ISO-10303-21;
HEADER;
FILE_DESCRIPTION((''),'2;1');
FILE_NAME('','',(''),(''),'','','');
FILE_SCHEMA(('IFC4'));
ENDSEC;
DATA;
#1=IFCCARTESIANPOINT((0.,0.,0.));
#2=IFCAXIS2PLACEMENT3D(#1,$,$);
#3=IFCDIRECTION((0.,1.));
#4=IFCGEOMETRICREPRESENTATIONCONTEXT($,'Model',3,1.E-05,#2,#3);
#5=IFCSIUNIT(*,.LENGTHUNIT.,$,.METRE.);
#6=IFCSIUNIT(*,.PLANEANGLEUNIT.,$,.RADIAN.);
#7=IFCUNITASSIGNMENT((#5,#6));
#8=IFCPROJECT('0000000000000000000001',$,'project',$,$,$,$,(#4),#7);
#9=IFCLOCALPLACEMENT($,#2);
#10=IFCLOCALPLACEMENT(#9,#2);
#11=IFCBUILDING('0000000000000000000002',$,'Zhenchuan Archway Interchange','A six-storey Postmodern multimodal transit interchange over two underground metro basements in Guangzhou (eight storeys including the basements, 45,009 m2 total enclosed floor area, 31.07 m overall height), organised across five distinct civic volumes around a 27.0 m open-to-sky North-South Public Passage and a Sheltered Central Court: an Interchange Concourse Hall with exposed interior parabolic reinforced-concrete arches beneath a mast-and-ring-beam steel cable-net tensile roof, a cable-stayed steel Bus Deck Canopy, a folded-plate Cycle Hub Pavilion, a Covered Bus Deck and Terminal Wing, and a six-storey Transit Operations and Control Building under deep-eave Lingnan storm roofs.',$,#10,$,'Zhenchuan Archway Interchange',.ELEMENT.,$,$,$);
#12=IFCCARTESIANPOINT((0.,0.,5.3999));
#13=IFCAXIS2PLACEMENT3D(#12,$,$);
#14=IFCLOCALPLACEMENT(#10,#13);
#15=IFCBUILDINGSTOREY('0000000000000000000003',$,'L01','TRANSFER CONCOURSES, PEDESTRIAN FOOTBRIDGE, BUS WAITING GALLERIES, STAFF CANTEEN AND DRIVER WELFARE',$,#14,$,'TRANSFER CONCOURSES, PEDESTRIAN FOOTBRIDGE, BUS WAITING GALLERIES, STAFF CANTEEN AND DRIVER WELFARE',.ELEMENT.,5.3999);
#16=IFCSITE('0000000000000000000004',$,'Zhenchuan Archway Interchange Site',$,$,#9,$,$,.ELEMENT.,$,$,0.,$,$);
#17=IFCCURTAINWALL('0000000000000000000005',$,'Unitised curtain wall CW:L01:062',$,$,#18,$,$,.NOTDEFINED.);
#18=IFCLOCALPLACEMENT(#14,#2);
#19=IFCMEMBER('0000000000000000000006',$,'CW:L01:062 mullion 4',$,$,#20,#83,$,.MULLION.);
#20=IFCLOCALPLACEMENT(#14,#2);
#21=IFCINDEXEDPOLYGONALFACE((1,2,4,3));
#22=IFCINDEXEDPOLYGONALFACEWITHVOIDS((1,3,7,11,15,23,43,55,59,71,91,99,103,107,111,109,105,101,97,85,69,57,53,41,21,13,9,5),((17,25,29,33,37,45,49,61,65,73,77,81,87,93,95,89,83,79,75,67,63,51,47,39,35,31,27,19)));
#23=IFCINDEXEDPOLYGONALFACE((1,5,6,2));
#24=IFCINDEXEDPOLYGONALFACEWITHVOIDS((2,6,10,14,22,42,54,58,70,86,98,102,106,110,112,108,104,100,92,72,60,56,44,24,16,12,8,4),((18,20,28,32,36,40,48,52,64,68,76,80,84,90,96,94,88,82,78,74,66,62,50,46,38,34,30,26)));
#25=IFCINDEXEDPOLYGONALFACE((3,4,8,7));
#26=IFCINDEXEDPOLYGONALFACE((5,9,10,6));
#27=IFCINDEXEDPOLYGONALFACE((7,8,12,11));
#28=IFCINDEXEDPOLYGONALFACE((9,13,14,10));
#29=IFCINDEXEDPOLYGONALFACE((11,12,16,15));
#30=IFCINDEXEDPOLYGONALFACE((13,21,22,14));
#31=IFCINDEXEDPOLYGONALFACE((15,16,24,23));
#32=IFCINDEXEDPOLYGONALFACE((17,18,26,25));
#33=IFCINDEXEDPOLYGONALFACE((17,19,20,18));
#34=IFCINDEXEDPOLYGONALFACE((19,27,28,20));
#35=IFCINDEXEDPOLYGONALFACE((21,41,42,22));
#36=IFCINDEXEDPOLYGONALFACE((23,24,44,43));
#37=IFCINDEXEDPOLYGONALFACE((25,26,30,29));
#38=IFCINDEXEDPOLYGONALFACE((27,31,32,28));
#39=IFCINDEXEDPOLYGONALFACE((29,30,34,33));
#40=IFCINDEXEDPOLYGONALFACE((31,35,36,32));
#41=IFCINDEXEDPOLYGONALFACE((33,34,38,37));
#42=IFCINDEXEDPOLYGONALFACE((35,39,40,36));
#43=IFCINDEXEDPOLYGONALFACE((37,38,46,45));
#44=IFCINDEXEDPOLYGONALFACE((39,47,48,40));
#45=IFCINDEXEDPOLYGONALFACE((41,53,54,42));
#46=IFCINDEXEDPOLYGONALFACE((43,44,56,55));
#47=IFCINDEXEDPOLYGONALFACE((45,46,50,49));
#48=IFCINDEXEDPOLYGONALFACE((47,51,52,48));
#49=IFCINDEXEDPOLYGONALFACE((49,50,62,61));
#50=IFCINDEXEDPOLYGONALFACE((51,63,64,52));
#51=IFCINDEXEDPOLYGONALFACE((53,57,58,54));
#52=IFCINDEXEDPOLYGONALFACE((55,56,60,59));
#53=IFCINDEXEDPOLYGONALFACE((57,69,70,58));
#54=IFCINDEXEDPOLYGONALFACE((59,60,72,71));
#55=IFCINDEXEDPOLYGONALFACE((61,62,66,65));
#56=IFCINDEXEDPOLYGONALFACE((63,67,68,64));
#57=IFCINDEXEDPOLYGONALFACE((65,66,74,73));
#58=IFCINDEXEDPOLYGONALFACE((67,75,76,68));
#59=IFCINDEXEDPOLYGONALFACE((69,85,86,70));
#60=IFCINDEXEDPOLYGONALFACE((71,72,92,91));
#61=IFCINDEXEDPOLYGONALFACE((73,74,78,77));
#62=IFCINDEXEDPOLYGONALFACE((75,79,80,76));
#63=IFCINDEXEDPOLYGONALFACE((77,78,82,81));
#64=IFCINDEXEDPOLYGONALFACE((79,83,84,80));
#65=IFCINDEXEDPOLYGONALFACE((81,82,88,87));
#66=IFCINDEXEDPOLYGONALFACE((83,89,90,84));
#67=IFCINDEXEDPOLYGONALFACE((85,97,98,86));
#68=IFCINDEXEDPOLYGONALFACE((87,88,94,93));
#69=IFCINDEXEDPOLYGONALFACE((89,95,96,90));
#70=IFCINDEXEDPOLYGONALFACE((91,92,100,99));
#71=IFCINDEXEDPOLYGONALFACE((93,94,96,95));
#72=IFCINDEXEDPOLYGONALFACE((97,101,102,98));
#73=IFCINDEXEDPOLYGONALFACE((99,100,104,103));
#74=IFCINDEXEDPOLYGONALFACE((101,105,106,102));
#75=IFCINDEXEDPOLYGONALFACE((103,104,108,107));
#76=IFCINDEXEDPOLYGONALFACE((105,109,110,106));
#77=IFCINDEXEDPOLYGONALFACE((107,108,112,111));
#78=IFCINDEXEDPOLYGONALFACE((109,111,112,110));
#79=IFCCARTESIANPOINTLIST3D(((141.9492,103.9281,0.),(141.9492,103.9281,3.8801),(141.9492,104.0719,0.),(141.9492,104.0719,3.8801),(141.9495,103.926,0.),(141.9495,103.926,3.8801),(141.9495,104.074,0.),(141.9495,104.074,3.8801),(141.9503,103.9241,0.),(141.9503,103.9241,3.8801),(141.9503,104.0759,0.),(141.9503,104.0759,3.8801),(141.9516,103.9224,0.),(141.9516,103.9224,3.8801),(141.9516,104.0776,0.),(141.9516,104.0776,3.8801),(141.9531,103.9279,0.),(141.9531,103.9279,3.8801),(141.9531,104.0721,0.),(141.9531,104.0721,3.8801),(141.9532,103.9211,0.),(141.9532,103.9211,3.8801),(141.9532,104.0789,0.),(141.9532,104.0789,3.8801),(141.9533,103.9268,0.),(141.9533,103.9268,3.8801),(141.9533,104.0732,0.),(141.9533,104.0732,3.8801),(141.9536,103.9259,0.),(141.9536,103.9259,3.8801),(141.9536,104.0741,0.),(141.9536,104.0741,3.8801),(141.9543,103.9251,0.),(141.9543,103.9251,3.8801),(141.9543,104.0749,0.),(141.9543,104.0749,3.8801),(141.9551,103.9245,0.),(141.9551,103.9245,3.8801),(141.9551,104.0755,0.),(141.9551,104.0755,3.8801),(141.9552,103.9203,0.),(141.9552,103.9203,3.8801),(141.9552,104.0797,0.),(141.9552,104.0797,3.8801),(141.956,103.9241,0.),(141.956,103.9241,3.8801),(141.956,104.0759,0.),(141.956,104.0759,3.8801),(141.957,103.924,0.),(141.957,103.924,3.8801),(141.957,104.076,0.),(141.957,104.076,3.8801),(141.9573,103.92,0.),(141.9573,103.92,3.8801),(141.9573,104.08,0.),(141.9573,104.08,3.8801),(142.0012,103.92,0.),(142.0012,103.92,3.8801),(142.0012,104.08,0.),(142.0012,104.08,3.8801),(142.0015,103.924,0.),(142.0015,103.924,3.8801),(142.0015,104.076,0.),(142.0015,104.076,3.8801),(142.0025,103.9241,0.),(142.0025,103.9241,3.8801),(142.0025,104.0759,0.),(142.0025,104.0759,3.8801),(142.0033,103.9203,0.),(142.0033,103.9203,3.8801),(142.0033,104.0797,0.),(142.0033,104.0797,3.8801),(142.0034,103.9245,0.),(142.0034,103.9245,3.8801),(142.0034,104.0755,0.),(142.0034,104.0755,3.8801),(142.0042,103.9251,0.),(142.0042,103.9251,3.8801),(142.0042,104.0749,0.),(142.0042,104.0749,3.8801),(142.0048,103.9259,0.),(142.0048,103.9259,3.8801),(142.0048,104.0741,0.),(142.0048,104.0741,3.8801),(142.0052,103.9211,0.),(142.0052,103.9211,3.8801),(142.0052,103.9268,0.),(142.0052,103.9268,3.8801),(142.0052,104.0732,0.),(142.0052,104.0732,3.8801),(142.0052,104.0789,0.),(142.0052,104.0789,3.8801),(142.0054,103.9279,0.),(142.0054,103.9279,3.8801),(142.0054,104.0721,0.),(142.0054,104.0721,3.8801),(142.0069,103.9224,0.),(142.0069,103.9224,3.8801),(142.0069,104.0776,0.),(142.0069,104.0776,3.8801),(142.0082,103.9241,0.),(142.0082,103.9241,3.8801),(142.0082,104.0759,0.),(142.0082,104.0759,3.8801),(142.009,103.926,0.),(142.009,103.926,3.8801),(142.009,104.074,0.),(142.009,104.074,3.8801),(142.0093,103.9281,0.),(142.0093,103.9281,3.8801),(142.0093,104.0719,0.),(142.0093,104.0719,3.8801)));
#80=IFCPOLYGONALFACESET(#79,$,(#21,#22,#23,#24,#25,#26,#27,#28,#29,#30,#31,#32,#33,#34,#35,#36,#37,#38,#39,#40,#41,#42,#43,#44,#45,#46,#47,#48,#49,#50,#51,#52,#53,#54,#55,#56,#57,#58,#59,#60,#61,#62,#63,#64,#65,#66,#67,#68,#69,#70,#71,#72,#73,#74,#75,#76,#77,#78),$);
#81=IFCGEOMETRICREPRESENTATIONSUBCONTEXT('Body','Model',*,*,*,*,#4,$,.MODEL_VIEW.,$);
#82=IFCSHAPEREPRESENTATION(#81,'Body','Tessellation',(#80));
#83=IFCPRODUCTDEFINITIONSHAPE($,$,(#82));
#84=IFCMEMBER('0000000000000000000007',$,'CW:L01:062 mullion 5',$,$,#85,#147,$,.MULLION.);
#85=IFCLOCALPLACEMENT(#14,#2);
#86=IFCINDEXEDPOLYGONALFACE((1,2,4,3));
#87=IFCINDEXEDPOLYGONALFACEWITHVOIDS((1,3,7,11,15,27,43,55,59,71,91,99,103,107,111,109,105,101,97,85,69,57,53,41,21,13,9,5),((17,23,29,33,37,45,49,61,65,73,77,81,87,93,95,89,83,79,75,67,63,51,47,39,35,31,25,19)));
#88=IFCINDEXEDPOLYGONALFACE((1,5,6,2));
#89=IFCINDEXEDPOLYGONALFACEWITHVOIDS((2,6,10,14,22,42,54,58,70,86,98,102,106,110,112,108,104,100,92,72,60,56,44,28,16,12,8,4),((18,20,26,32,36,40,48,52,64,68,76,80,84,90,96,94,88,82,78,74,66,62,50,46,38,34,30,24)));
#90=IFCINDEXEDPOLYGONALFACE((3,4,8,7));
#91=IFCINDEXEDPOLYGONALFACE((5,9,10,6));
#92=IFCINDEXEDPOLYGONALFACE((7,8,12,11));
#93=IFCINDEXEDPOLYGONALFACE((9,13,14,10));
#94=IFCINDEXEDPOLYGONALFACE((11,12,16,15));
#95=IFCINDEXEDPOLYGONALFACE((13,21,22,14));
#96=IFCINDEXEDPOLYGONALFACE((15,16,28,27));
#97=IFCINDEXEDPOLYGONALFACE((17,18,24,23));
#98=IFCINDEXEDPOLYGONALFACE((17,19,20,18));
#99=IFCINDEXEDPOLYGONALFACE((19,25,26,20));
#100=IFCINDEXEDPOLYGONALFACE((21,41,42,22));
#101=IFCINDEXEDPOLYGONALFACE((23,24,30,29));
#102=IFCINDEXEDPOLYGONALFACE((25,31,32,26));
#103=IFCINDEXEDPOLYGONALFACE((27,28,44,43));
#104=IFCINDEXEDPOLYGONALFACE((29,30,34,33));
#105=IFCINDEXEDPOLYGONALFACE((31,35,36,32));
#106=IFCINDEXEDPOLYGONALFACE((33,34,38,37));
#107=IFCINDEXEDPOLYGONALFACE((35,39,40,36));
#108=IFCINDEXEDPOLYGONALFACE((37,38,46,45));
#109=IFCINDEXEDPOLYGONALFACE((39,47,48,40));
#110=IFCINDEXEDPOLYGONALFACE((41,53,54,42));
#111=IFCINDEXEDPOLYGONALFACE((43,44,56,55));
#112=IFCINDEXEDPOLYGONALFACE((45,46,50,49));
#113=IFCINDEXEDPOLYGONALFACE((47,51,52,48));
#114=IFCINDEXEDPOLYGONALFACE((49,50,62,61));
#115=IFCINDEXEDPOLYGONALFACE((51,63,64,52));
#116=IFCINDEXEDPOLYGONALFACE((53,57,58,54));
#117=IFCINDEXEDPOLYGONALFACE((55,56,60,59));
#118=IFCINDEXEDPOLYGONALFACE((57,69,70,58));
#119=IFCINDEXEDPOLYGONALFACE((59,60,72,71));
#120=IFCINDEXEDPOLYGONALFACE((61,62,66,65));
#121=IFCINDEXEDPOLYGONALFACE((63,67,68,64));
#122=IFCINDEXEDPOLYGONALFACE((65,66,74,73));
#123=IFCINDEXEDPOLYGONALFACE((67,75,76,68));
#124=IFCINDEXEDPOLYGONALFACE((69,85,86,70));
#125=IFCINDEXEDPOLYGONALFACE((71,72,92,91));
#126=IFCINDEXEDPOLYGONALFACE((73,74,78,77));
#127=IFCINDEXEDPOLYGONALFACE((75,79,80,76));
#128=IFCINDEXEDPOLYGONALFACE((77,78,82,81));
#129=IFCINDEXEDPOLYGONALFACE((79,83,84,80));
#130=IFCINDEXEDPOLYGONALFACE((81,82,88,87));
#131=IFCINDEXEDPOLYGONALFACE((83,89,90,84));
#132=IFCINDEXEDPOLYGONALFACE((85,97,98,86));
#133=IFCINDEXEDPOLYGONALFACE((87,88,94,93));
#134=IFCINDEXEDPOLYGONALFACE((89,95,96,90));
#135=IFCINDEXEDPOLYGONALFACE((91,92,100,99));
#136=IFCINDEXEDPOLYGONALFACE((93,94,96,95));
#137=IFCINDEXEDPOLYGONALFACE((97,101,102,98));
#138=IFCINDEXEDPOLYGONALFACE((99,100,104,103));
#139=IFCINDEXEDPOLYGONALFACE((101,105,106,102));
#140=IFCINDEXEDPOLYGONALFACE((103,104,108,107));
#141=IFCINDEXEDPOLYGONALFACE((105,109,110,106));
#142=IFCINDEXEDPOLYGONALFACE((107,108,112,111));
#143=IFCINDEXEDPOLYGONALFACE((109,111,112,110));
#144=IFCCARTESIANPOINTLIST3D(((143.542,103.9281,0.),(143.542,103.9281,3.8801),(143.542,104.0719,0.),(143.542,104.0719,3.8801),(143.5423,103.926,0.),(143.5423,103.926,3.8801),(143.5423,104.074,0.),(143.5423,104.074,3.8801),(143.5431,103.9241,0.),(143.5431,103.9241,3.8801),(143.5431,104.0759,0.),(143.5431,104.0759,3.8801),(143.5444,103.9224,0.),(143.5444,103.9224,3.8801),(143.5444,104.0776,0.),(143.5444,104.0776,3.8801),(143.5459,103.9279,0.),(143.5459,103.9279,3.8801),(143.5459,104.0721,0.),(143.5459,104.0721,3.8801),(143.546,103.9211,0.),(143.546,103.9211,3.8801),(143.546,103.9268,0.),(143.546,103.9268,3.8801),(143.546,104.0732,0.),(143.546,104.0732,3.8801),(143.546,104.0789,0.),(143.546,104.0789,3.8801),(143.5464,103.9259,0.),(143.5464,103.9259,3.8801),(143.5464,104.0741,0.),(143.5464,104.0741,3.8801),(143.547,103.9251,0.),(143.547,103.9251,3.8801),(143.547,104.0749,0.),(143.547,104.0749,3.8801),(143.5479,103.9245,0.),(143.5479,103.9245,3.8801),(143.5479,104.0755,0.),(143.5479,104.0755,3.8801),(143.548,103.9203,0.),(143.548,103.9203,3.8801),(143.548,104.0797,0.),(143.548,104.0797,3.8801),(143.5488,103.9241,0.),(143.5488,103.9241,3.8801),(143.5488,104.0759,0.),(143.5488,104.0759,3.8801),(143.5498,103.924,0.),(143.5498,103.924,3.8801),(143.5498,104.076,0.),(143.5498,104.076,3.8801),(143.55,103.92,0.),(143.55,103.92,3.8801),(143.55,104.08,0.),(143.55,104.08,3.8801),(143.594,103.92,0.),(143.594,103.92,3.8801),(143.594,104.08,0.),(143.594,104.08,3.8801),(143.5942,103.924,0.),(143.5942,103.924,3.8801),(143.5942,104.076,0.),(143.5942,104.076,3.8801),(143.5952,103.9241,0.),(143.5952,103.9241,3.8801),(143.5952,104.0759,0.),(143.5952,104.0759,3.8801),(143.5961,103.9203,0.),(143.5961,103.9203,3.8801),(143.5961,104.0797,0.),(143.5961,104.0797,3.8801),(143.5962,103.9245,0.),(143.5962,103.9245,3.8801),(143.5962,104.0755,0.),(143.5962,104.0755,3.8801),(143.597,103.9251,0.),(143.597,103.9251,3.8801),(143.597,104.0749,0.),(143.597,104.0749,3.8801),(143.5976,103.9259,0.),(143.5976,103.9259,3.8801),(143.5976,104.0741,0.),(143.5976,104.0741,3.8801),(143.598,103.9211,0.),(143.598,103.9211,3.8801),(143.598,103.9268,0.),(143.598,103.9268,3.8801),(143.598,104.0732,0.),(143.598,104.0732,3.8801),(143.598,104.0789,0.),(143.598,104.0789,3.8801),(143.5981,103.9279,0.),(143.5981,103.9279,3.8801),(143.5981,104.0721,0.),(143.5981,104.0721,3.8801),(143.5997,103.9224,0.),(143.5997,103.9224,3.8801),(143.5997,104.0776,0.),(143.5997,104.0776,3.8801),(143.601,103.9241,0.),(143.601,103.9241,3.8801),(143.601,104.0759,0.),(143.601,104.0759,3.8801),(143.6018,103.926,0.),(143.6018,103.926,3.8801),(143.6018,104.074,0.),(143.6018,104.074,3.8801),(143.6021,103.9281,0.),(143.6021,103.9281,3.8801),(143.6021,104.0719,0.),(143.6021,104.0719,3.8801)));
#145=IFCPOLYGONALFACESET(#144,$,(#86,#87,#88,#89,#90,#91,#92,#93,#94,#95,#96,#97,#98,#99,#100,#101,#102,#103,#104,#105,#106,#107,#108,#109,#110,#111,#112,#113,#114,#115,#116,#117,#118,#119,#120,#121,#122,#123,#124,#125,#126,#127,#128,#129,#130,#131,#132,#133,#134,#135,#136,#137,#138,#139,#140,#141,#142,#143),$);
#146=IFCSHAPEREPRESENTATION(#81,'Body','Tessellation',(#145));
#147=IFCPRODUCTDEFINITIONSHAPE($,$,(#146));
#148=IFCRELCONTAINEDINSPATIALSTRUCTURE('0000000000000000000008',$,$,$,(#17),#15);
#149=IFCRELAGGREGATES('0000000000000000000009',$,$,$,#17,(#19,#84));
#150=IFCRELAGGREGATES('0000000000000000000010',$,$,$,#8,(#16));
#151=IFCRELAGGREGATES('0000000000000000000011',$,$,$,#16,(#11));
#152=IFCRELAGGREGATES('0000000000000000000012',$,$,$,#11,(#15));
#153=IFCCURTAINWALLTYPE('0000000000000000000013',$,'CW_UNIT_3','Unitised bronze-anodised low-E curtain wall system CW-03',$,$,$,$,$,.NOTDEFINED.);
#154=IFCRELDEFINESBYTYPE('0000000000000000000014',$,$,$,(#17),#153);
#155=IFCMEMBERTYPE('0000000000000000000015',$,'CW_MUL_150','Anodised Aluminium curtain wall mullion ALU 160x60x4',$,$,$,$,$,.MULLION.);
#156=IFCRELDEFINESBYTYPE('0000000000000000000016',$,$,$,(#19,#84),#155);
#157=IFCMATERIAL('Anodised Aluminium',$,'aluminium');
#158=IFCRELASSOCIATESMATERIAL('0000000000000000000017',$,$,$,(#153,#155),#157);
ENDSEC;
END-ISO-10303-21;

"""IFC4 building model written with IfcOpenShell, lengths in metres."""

from ifc_helpers import new_model, si_unit, direction, frame, origin, origin_2d, place, context, subcontext, project, spatial, hollow_rectangle, extrude, material, material_profile, profile_set, type_object, element, aggregate, save


model = new_model("IFC4")

# Units and contexts
model_context = context("Model", 3, precision=1e-05, world=origin(), true_north=direction((0.0, 1.0)))
body_context = subcontext(model_context, "Body", "Model", "MODEL_VIEW")
ifc_project = project(units=[si_unit("LENGTHUNIT", "METRE"), si_unit("PLANEANGLEUNIT", "RADIAN")], contexts=[model_context])

# Site, building, storey
site_placement = place(None, origin())
site = spatial("IfcSite", under=ifc_project, at=site_placement, Name="Zhenchuan Archway Interchange Site", CompositionType="ELEMENT", RefElevation=0.0)
building_placement = place(site_placement, origin())
building = spatial("IfcBuilding", under=site, at=building_placement, Name="Zhenchuan Archway Interchange", Description="A six-storey Postmodern multimodal transit interchange over two underground metro basements in Guangzhou (eight storeys including the basements, 45,009 m2 total enclosed floor area, 31.07 m overall height), organised across five distinct civic volumes around a 27.0 m open-to-sky North-South Public Passage and a Sheltered Central Court: an Interchange Concourse Hall with exposed interior parabolic reinforced-concrete arches beneath a mast-and-ring-beam steel cable-net tensile roof, a cable-stayed steel Bus Deck Canopy, a folded-plate Cycle Hub Pavilion, a Covered Bus Deck and Terminal Wing, and a six-storey Transit Operations and Control Building under deep-eave Lingnan storm roofs.", LongName="Zhenchuan Archway Interchange", CompositionType="ELEMENT")
storey_placement = place(building_placement, frame((0.0, 0.0, 5.3999)))
storey = spatial("IfcBuildingStorey", under=building, at=storey_placement, Name="L01", Description="TRANSFER CONCOURSES, PEDESTRIAN FOOTBRIDGE, BUS WAITING GALLERIES, STAFF CANTEEN AND DRIVER WELFARE", LongName="TRANSFER CONCOURSES, PEDESTRIAN FOOTBRIDGE, BUS WAITING GALLERIES, STAFF CANTEEN AND DRIVER WELFARE", CompositionType="ELEMENT", Elevation=5.3999)

# Curtain wall, members
ifc_material_1 = material(Name="Anodised Aluminium", Category="aluminium")
curtain_wall_type = type_object("IfcCurtainWallType", Name="CW_UNIT_3", Description="Unitised bronze-anodised low-E curtain wall system CW-03", PredefinedType="NOTDEFINED", material=ifc_material_1)
curtain_wall_placement = place(storey_placement, origin())
curtain_wall = element("IfcCurtainWall", 1, at=curtain_wall_placement, inside=storey, type_object=curtain_wall_type, Name="Unitised curtain wall CW:L01:062", PredefinedType="NOTDEFINED")
ifc_material_profile_1 = material_profile(ifc_material_1, hollow_rectangle(XDim=0.0601, YDim=0.1599, WallThickness=0.0039, InnerFilletRadius=0.0039, OuterFilletRadius=0.0081, at=origin_2d()), Name="ALU 160x60x4")
ifc_profile_set_1 = profile_set([ifc_material_profile_1], Name="Anodised Aluminium")
member_type_1 = type_object("IfcMemberType", Name="CW_MUL_150", Description="Anodised Aluminium curtain wall mullion ALU 160x60x4", PredefinedType="MULLION", material=ifc_profile_set_1)
member_1_placement = place(storey_placement, frame((141.9792, 104.0, 0.0), z_axis=(0.0, 0.0, 1.0), x_axis=(1.0, 0.0, 0.0)))
member_1 = element("IfcMember", 2, at=member_1_placement, type_object=member_type_1, Name="CW:L01:062 mullion 4", PredefinedType="MULLION", context=body_context, shape_type="SweptSolid", body=[
    extrude(hollow_rectangle(XDim=0.0601, YDim=0.1599, WallThickness=0.0039, InnerFilletRadius=0.0039, OuterFilletRadius=0.0081, at=origin_2d()), origin(), (0.0, 0.0, 1.0), 3.8801),
])
member_2_placement = place(storey_placement, frame((143.572, 104.0, 0.0), z_axis=(0.0, 0.0, 1.0), x_axis=(1.0, 0.0, 0.0)))
member_2 = element("IfcMember", 3, at=member_2_placement, type_object=member_type_1, Name="CW:L01:062 mullion 5", PredefinedType="MULLION", context=body_context, shape_type="SweptSolid", body=[
    extrude(hollow_rectangle(XDim=0.0601, YDim=0.1599, WallThickness=0.0039, InnerFilletRadius=0.0039, OuterFilletRadius=0.0081, at=origin_2d()), origin(), (0.0, 0.0, 1.0), 3.8801),
])

aggregate(curtain_wall, [member_1, member_2])

save(model, "model.ifc")
